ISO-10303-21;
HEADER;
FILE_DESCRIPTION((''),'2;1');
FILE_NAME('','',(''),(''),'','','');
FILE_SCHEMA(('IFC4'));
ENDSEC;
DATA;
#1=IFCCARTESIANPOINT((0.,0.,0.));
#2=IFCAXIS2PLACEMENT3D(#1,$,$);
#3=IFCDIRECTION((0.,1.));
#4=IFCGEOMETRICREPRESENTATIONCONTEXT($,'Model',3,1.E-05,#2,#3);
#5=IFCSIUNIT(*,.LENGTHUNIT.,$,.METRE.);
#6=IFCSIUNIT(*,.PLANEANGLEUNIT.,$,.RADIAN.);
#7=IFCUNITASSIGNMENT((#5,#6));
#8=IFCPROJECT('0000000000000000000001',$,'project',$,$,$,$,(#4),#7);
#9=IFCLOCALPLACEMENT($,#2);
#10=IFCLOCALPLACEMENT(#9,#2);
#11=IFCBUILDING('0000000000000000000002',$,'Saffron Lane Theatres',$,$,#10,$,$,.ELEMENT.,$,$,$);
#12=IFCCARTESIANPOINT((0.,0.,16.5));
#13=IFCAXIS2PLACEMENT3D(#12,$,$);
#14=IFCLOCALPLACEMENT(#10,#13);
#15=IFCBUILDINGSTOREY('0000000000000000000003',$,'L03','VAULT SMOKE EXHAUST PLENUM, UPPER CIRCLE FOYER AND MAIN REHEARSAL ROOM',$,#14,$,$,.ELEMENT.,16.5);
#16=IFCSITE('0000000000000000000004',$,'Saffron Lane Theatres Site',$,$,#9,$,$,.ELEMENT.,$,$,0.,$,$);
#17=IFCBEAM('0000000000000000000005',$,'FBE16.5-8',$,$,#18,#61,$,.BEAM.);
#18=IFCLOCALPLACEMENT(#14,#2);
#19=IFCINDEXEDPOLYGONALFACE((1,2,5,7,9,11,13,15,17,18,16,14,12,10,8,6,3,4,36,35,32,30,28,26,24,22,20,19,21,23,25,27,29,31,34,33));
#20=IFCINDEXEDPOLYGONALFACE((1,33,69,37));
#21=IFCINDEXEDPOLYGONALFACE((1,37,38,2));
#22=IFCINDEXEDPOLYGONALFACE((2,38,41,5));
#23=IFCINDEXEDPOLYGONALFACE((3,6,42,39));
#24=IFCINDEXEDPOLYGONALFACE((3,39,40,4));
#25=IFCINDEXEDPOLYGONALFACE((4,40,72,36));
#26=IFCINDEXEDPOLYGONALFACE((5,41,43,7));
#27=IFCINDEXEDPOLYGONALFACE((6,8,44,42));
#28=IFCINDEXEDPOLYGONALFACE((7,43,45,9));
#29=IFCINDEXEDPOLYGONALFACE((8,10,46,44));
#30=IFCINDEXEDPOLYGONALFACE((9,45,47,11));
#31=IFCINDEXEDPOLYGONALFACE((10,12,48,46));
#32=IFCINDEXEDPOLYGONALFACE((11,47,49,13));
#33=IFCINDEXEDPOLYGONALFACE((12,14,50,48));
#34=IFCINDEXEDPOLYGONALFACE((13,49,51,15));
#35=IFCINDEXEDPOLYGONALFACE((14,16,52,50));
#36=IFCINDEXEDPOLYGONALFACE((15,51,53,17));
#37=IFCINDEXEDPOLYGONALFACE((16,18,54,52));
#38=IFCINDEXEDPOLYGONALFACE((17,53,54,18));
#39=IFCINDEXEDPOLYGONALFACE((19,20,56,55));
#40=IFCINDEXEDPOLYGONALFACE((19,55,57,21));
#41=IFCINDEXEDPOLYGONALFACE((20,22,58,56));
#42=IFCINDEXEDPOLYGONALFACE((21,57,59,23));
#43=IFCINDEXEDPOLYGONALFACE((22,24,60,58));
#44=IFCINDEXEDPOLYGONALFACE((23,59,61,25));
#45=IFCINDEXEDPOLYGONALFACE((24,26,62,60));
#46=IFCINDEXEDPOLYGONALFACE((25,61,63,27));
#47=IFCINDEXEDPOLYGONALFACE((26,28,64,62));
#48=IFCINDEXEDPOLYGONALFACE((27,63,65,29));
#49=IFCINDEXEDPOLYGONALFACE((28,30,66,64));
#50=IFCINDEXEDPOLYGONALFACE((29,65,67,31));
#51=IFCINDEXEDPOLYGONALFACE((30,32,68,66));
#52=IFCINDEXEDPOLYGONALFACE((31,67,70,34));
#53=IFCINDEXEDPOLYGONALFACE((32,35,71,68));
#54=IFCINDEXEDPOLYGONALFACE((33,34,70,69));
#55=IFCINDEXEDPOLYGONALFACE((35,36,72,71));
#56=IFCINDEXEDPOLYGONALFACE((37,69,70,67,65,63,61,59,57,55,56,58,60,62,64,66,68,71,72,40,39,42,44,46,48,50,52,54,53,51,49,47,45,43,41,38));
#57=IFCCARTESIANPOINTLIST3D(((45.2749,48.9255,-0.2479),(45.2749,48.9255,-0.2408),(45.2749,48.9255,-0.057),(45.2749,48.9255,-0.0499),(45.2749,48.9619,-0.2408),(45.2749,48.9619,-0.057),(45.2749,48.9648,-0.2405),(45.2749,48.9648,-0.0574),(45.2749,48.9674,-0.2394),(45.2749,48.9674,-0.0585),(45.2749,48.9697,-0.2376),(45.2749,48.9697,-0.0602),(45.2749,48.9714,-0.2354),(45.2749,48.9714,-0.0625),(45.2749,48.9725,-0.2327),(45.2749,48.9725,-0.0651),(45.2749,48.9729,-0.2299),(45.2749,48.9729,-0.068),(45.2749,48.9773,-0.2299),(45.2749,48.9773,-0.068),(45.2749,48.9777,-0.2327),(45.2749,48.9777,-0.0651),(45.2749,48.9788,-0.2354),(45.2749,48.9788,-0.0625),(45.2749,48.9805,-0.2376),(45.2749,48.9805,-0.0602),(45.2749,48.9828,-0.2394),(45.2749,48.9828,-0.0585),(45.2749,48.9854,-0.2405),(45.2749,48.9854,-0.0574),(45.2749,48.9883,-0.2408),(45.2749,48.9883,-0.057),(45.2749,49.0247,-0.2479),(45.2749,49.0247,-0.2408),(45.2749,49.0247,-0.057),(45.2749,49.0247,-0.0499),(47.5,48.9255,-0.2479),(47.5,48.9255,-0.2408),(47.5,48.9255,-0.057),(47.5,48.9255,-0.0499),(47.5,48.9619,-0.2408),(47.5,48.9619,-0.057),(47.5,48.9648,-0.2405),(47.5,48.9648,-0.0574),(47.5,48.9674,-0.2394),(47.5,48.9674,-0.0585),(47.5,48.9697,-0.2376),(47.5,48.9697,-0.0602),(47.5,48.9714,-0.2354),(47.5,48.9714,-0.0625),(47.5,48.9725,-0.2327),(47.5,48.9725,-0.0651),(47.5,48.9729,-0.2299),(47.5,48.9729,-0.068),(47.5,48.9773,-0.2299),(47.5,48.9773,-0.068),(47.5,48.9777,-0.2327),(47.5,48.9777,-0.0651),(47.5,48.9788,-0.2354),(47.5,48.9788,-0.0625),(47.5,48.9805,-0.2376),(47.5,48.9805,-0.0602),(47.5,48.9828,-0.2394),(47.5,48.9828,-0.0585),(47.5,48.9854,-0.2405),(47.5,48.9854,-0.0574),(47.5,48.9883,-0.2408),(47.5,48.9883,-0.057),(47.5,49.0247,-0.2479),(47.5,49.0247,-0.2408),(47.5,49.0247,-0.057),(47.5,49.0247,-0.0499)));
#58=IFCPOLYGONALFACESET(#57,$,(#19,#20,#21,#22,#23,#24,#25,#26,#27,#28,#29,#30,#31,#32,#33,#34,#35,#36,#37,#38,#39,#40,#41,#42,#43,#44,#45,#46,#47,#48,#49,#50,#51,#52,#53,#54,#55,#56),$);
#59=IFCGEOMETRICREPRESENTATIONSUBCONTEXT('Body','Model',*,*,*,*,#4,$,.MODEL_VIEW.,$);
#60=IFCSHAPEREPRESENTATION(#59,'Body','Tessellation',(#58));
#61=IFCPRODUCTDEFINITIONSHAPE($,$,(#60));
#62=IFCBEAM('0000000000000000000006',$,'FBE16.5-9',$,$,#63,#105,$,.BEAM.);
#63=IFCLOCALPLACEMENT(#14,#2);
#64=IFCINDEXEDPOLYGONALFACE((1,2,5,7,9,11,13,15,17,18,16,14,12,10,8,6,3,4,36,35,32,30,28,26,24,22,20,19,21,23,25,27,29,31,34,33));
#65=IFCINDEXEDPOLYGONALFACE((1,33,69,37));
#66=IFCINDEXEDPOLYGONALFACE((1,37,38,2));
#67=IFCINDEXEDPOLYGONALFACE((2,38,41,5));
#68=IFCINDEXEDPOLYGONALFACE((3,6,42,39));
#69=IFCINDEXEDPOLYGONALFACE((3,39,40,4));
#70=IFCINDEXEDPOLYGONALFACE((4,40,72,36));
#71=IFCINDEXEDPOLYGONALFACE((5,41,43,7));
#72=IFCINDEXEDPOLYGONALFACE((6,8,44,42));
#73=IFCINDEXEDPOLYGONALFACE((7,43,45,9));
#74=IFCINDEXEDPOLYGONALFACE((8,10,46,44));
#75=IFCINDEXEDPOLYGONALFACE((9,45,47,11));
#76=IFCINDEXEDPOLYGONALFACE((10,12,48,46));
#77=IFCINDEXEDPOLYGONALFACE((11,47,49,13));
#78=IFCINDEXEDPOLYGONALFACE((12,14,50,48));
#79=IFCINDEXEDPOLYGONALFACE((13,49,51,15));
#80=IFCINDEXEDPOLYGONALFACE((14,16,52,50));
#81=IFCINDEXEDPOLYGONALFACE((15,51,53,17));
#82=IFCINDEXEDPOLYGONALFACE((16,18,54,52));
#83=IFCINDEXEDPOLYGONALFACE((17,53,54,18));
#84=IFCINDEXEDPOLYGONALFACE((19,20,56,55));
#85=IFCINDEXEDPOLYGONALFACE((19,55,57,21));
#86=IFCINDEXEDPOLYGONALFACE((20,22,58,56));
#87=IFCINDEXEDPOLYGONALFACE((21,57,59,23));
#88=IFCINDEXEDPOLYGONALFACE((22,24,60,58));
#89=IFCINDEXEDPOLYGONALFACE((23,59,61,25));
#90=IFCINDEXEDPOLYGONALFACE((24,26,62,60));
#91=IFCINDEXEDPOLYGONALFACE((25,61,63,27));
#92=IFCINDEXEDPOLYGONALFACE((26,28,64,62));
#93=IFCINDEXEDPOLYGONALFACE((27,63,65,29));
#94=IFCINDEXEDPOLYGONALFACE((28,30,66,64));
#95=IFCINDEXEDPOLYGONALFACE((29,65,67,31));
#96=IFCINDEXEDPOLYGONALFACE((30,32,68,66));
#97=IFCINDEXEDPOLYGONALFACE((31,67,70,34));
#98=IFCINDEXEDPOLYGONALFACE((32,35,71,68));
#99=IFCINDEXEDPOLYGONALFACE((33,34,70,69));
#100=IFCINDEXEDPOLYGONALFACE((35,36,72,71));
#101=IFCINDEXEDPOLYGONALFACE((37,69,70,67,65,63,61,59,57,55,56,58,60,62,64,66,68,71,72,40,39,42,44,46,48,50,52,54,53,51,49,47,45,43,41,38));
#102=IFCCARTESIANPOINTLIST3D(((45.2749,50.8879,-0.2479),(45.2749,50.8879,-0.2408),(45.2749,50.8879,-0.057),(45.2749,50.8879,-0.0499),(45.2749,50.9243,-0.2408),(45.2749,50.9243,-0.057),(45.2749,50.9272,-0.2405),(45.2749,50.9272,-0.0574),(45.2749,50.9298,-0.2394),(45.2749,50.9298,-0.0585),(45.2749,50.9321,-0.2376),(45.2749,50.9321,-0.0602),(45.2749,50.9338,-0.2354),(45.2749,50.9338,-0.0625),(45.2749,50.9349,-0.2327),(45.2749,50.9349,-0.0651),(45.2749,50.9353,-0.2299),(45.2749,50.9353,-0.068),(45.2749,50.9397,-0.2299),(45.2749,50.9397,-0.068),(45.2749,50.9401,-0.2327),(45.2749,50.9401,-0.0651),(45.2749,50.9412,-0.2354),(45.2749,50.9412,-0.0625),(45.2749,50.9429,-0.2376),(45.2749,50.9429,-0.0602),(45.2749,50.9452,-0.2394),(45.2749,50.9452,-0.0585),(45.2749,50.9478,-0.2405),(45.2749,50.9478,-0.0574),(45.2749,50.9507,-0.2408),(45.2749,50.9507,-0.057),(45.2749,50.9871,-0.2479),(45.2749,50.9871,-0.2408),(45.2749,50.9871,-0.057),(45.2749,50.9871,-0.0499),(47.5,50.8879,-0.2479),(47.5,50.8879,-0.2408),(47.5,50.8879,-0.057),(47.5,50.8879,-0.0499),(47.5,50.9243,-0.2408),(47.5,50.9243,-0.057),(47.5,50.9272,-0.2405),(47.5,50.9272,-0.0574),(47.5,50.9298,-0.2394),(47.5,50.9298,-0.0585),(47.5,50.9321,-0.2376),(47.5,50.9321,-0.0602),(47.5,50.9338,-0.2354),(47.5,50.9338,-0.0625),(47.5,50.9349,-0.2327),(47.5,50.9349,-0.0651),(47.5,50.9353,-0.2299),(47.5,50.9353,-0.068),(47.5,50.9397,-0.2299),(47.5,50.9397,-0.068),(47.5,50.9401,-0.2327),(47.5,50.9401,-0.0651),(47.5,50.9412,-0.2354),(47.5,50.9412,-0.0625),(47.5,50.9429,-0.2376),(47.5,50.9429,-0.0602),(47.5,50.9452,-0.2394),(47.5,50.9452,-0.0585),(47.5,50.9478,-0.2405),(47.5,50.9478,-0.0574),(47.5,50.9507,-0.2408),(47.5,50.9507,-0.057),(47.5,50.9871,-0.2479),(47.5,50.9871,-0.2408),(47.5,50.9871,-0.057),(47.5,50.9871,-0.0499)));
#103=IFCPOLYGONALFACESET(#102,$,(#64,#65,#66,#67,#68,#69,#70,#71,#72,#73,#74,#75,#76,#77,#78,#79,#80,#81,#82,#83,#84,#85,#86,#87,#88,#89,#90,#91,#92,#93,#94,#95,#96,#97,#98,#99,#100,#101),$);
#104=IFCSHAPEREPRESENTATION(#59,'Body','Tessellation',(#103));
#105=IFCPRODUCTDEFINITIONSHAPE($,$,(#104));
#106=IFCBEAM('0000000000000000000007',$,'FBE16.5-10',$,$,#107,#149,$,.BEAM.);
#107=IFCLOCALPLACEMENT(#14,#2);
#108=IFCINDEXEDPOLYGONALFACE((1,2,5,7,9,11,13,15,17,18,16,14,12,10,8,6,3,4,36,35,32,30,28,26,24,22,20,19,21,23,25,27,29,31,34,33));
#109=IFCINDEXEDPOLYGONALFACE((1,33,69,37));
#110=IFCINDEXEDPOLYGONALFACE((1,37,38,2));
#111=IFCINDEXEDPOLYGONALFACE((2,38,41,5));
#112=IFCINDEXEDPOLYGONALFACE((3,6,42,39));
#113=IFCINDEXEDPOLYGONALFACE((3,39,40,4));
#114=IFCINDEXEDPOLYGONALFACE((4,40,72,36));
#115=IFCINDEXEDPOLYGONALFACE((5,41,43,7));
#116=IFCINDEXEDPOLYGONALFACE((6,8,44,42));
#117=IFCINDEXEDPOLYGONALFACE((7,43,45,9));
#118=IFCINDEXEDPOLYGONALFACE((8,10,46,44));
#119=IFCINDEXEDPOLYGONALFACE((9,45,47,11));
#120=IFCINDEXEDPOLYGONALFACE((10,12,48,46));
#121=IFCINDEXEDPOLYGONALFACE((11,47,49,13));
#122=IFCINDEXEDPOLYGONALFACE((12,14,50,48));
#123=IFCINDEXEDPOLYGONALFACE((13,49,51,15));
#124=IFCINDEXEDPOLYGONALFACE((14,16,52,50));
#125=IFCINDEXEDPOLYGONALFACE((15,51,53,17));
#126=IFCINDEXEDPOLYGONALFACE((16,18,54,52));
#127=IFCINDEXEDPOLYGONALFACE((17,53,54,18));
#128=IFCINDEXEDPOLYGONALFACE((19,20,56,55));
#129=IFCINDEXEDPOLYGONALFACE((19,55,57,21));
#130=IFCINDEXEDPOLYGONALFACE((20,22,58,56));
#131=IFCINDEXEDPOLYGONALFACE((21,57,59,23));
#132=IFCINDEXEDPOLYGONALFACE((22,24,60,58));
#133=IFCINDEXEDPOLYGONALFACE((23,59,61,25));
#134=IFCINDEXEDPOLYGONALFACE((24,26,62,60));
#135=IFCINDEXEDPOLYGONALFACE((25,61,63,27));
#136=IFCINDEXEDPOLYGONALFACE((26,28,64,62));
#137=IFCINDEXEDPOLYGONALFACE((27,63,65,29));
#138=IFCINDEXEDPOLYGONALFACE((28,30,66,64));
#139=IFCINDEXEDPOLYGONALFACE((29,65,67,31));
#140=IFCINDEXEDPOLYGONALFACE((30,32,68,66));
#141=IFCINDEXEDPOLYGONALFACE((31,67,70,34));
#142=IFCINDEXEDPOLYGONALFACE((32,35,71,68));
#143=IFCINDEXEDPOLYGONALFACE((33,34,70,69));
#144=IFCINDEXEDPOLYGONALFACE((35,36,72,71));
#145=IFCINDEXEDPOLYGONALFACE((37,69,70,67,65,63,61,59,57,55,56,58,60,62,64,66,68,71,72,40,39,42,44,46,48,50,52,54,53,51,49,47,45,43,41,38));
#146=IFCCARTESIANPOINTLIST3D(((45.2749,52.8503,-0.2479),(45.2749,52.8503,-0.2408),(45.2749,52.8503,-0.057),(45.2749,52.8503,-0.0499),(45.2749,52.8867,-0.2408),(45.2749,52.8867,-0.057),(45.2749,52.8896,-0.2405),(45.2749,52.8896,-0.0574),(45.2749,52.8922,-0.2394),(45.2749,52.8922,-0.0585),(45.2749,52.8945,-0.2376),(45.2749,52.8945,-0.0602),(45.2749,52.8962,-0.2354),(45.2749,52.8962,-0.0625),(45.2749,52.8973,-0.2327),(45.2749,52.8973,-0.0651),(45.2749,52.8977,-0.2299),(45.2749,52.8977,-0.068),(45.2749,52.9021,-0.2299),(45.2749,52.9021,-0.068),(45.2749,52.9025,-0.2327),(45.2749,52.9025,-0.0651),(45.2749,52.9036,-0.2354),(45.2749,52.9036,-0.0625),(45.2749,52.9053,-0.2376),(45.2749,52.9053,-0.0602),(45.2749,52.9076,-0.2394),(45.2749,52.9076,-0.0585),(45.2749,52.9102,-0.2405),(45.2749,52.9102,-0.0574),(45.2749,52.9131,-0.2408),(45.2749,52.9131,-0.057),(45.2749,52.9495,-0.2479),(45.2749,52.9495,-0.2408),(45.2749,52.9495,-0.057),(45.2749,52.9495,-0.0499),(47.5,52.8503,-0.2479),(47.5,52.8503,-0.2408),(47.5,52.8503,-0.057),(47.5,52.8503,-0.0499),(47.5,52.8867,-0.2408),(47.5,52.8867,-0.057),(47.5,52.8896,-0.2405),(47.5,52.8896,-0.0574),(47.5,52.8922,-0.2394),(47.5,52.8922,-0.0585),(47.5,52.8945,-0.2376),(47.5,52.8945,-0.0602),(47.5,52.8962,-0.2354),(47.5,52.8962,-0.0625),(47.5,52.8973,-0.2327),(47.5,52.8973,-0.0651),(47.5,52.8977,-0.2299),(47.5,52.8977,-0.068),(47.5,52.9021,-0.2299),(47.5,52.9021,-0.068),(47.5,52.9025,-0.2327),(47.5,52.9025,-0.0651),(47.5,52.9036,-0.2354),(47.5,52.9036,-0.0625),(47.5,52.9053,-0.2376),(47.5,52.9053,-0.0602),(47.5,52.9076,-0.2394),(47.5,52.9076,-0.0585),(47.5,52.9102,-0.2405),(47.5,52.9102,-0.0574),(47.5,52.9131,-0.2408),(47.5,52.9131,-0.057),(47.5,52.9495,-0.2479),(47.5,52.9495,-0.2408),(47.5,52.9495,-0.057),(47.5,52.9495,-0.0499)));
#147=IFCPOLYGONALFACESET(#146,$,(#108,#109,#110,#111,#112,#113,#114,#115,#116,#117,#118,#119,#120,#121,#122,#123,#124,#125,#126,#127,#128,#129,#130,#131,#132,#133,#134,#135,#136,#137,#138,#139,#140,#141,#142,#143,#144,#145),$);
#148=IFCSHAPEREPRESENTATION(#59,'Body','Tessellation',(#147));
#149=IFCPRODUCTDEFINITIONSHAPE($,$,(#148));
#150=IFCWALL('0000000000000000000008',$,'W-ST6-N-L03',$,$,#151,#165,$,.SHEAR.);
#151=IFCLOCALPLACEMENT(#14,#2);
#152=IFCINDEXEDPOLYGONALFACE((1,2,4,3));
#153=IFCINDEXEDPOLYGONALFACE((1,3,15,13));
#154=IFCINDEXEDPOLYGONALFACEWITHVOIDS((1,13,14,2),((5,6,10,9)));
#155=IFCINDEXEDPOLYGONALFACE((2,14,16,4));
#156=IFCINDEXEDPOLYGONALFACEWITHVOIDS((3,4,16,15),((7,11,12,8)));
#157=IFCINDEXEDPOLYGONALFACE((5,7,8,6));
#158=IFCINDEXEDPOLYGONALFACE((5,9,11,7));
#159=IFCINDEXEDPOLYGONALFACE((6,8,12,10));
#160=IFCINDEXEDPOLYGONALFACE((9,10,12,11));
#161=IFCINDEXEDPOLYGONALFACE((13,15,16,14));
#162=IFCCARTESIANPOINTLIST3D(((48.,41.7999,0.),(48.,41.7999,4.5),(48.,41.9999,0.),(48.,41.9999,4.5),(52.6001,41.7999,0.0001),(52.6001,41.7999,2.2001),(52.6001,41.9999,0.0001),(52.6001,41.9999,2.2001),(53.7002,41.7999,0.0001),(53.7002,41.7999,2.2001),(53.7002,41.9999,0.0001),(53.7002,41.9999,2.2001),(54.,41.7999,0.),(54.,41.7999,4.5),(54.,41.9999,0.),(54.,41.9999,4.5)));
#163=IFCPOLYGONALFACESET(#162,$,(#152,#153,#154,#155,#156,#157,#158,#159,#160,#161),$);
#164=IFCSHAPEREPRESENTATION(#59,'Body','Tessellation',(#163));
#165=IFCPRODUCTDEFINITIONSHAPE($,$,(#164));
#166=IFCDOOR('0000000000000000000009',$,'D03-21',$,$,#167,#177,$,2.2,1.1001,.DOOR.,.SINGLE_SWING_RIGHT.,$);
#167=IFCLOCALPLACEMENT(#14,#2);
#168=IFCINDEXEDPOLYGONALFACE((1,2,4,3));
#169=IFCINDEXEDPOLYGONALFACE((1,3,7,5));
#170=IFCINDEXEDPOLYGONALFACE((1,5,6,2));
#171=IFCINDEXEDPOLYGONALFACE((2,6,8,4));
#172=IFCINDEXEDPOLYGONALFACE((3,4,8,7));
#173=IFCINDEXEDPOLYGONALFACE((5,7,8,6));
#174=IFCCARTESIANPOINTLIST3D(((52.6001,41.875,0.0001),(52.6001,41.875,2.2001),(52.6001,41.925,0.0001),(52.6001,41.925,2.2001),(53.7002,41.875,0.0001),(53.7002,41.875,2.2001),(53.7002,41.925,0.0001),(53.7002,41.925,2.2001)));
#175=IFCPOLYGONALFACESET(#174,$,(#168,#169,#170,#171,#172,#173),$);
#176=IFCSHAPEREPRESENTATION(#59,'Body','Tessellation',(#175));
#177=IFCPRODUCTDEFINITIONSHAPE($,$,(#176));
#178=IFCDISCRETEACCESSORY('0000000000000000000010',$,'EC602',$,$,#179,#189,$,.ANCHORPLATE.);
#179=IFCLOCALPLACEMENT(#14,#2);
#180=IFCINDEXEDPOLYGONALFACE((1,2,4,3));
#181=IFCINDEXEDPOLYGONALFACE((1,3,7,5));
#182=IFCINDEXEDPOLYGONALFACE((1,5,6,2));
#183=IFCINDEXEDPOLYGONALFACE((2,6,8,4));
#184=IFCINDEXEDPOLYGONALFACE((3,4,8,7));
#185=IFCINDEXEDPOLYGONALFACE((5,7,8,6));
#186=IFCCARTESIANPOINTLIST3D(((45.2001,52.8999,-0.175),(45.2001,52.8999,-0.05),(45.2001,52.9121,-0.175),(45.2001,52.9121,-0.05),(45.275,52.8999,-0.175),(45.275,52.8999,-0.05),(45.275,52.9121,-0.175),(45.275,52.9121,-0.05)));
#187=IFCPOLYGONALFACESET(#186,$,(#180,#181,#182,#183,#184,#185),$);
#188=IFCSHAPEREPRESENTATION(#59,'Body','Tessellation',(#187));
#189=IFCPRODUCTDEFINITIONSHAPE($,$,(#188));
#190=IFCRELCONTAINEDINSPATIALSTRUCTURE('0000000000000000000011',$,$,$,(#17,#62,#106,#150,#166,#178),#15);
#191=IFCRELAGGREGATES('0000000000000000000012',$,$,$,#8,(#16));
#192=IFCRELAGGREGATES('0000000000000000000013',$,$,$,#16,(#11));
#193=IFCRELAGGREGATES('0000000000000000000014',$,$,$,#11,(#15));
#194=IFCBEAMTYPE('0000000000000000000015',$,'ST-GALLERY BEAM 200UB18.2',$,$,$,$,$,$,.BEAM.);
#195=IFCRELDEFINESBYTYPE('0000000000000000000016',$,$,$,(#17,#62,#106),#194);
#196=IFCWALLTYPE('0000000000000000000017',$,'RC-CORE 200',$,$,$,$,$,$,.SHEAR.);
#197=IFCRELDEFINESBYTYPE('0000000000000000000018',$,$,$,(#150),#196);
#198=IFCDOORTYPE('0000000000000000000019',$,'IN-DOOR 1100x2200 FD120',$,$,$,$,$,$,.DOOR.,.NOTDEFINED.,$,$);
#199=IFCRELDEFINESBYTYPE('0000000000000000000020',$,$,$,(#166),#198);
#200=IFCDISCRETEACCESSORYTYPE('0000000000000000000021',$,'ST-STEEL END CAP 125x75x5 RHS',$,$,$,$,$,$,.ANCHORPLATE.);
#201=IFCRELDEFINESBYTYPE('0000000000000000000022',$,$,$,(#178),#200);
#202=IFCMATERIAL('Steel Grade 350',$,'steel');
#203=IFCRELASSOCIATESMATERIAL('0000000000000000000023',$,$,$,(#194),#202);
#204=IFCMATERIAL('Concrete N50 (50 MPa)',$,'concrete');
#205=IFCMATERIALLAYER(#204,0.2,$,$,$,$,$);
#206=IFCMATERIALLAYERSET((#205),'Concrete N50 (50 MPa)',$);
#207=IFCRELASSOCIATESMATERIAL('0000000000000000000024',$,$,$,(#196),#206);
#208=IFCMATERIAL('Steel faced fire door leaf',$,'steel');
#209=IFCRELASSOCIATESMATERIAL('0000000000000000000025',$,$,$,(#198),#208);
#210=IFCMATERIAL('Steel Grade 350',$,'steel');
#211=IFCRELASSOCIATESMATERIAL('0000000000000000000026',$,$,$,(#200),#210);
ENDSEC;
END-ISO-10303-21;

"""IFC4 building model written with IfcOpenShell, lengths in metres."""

from ifc_helpers import new_model, si_unit, direction, frame, frame_2d, origin, origin_2d, place, context, subcontext, project, spatial, rectangle, i_section, extrude, material, layer, layer_set, material_profile, profile_set, type_object, element, fill, save


model = new_model("IFC4")

# Units and contexts
model_context = context("Model", 3, precision=1e-05, world=origin(), true_north=direction((0.0, 1.0)))
body_context = subcontext(model_context, "Body", "Model", "MODEL_VIEW")
ifc_project = project(units=[si_unit("LENGTHUNIT", "METRE"), si_unit("PLANEANGLEUNIT", "RADIAN")], contexts=[model_context])

# Site, building, storey
site_placement = place(None, origin())
site = spatial("IfcSite", under=ifc_project, at=site_placement, Name="Saffron Lane Theatres Site", CompositionType="ELEMENT", RefElevation=0.0)
building_placement = place(site_placement, origin())
building = spatial("IfcBuilding", under=site, at=building_placement, Name="Saffron Lane Theatres", CompositionType="ELEMENT")
storey_placement = place(building_placement, frame((0.0, 0.0, 16.5)))
storey = spatial("IfcBuildingStorey", under=building, at=storey_placement, Name="L03", Description="VAULT SMOKE EXHAUST PLENUM, UPPER CIRCLE FOYER AND MAIN REHEARSAL ROOM", CompositionType="ELEMENT", Elevation=16.5)

# Beams
ifc_material_1 = material(Name="Steel Grade 350", Category="steel")
ifc_material_profile_1 = material_profile(ifc_material_1, i_section(OverallWidth=0.0991, OverallDepth=0.198, WebThickness=0.0044, FlangeThickness=0.0071, FilletRadius=0.011, at=origin_2d()))
ifc_profile_set_1 = profile_set([ifc_material_profile_1], Name="Steel Grade 350")
beam_type_1 = type_object("IfcBeamType", Name="ST-GALLERY BEAM 200UB18.2", PredefinedType="BEAM", material=ifc_profile_set_1)
for number, where, z_axis, x_axis, name in (
    (1, (45.2749, 48.9751, -0.1489), (1.0, 0.0, 0.0), (0.0, 1.0, 0.0), "FBE16.5-8"),
    (2, (45.2749, 50.9375, -0.1489), (1.0, 0.0, 0.0), (0.0, 1.0, 0.0), "FBE16.5-9"),
    (3, (45.2749, 52.8999, -0.1489), (1.0, 0.0, 0.0), (0.0, 1.0, 0.0), "FBE16.5-10"),
):
    element("IfcBeam", number, at=place(storey_placement, frame(where, z_axis=z_axis, x_axis=x_axis)), inside=storey, type_object=beam_type_1, Name=name, PredefinedType="BEAM", context=body_context, shape_type="SweptSolid", body=[
        extrude(i_section(OverallWidth=0.0991, OverallDepth=0.198, WebThickness=0.0044, FlangeThickness=0.0071, FilletRadius=0.011, at=origin_2d()), origin(), (0.0, 0.0, 1.0), 2.2251),
    ])

# Wall, opening, door
ifc_material_2 = material(Name="Concrete N50 (50 MPa)", Category="concrete")
ifc_layer = layer(ifc_material_2, 0.2)
ifc_layer_set = layer_set([ifc_layer], Name="Concrete N50 (50 MPa)")
wall_type = type_object("IfcWallType", Name="RC-CORE 200", PredefinedType="SHEAR", material=ifc_layer_set)
wall_placement = place(storey_placement, frame((48.0, 41.8999, 0.0), z_axis=(0.0, 0.0, 1.0), x_axis=(1.0, 0.0, 0.0)))
wall = element("IfcWall", 4, at=wall_placement, inside=storey, type_object=wall_type, Name="W-ST6-N-L03", PredefinedType="SHEAR", context=body_context, shape_type="SweptSolid", body=[
    extrude(rectangle(XDim=6.0, YDim=0.2, at=frame_2d((3.0, 0.0))), origin(), (0.0, 0.0, 1.0), 4.5),
])
opening_placement = place(wall_placement, frame((4.6001, 0.0, 0.0)))
opening = element("IfcOpeningElement", 5, at=opening_placement, cuts=wall, PredefinedType="OPENING", context=body_context, shape_type="SweptSolid", body=[
    extrude(rectangle(XDim=1.1001, YDim=2.2, at=frame_2d((0.55, 1.1001))), frame((0.0, 0.1099, 0.0), z_axis=(0.0, -1.0, 0.0), x_axis=(1.0, 0.0, 0.0)), (0.0, 0.0, 1.0), 0.22),
])
ifc_material_3 = material(Name="Steel faced fire door leaf", Category="steel")
door_type = type_object("IfcDoorType", Name="IN-DOOR 1100x2200 FD120", OperationType="NOTDEFINED", PredefinedType="DOOR", material=ifc_material_3)
door_placement = place(opening_placement, frame((1.1001, 0.0, 0.0), z_axis=(0.0, 0.0, 1.0), x_axis=(-1.0, 0.0, 0.0)))
door = element("IfcDoor", 6, at=door_placement, inside=storey, type_object=door_type, Name="D03-21", OperationType="SINGLE_SWING_RIGHT", OverallHeight=2.2, OverallWidth=1.1001, PredefinedType="DOOR", context=body_context, shape_type="SweptSolid", body=[
    extrude(rectangle(XDim=1.1001, YDim=2.2, at=frame_2d((0.55, 1.1001))), frame((0.0, 0.0249, 0.0), z_axis=(0.0, -1.0, 0.0), x_axis=(1.0, 0.0, 0.0)), (0.0, 0.0, 1.0), 0.05),
])
fill(opening, door)

# Discrete accessory
ifc_material_4 = material(Name="Steel Grade 350", Category="steel")
ifc_material_profile_2 = material_profile(ifc_material_4, rectangle(XDim=0.075, YDim=0.125, at=origin_2d()))
ifc_profile_set_2 = profile_set([ifc_material_profile_2], Name="Steel Grade 350")
discrete_accessory_type_1 = type_object("IfcDiscreteAccessoryType", Name="ST-STEEL END CAP 125x75x5 RHS", PredefinedType="ANCHORPLATE", material=ifc_profile_set_2)
discrete_accessory_placement = place(storey_placement, frame((45.2375, 52.8999, -0.1125), z_axis=(0.0, 1.0, 0.0), x_axis=(-1.0, 0.0, 0.0)))
element("IfcDiscreteAccessory", 7, at=discrete_accessory_placement, inside=storey, type_object=discrete_accessory_type_1, Name="EC602", PredefinedType="ANCHORPLATE", context=body_context, shape_type="SweptSolid", body=[
    extrude(rectangle(XDim=0.075, YDim=0.125, at=origin_2d()), origin(), (0.0, 0.0, 1.0), 0.0122),
])

save(model, "model.ifc")
